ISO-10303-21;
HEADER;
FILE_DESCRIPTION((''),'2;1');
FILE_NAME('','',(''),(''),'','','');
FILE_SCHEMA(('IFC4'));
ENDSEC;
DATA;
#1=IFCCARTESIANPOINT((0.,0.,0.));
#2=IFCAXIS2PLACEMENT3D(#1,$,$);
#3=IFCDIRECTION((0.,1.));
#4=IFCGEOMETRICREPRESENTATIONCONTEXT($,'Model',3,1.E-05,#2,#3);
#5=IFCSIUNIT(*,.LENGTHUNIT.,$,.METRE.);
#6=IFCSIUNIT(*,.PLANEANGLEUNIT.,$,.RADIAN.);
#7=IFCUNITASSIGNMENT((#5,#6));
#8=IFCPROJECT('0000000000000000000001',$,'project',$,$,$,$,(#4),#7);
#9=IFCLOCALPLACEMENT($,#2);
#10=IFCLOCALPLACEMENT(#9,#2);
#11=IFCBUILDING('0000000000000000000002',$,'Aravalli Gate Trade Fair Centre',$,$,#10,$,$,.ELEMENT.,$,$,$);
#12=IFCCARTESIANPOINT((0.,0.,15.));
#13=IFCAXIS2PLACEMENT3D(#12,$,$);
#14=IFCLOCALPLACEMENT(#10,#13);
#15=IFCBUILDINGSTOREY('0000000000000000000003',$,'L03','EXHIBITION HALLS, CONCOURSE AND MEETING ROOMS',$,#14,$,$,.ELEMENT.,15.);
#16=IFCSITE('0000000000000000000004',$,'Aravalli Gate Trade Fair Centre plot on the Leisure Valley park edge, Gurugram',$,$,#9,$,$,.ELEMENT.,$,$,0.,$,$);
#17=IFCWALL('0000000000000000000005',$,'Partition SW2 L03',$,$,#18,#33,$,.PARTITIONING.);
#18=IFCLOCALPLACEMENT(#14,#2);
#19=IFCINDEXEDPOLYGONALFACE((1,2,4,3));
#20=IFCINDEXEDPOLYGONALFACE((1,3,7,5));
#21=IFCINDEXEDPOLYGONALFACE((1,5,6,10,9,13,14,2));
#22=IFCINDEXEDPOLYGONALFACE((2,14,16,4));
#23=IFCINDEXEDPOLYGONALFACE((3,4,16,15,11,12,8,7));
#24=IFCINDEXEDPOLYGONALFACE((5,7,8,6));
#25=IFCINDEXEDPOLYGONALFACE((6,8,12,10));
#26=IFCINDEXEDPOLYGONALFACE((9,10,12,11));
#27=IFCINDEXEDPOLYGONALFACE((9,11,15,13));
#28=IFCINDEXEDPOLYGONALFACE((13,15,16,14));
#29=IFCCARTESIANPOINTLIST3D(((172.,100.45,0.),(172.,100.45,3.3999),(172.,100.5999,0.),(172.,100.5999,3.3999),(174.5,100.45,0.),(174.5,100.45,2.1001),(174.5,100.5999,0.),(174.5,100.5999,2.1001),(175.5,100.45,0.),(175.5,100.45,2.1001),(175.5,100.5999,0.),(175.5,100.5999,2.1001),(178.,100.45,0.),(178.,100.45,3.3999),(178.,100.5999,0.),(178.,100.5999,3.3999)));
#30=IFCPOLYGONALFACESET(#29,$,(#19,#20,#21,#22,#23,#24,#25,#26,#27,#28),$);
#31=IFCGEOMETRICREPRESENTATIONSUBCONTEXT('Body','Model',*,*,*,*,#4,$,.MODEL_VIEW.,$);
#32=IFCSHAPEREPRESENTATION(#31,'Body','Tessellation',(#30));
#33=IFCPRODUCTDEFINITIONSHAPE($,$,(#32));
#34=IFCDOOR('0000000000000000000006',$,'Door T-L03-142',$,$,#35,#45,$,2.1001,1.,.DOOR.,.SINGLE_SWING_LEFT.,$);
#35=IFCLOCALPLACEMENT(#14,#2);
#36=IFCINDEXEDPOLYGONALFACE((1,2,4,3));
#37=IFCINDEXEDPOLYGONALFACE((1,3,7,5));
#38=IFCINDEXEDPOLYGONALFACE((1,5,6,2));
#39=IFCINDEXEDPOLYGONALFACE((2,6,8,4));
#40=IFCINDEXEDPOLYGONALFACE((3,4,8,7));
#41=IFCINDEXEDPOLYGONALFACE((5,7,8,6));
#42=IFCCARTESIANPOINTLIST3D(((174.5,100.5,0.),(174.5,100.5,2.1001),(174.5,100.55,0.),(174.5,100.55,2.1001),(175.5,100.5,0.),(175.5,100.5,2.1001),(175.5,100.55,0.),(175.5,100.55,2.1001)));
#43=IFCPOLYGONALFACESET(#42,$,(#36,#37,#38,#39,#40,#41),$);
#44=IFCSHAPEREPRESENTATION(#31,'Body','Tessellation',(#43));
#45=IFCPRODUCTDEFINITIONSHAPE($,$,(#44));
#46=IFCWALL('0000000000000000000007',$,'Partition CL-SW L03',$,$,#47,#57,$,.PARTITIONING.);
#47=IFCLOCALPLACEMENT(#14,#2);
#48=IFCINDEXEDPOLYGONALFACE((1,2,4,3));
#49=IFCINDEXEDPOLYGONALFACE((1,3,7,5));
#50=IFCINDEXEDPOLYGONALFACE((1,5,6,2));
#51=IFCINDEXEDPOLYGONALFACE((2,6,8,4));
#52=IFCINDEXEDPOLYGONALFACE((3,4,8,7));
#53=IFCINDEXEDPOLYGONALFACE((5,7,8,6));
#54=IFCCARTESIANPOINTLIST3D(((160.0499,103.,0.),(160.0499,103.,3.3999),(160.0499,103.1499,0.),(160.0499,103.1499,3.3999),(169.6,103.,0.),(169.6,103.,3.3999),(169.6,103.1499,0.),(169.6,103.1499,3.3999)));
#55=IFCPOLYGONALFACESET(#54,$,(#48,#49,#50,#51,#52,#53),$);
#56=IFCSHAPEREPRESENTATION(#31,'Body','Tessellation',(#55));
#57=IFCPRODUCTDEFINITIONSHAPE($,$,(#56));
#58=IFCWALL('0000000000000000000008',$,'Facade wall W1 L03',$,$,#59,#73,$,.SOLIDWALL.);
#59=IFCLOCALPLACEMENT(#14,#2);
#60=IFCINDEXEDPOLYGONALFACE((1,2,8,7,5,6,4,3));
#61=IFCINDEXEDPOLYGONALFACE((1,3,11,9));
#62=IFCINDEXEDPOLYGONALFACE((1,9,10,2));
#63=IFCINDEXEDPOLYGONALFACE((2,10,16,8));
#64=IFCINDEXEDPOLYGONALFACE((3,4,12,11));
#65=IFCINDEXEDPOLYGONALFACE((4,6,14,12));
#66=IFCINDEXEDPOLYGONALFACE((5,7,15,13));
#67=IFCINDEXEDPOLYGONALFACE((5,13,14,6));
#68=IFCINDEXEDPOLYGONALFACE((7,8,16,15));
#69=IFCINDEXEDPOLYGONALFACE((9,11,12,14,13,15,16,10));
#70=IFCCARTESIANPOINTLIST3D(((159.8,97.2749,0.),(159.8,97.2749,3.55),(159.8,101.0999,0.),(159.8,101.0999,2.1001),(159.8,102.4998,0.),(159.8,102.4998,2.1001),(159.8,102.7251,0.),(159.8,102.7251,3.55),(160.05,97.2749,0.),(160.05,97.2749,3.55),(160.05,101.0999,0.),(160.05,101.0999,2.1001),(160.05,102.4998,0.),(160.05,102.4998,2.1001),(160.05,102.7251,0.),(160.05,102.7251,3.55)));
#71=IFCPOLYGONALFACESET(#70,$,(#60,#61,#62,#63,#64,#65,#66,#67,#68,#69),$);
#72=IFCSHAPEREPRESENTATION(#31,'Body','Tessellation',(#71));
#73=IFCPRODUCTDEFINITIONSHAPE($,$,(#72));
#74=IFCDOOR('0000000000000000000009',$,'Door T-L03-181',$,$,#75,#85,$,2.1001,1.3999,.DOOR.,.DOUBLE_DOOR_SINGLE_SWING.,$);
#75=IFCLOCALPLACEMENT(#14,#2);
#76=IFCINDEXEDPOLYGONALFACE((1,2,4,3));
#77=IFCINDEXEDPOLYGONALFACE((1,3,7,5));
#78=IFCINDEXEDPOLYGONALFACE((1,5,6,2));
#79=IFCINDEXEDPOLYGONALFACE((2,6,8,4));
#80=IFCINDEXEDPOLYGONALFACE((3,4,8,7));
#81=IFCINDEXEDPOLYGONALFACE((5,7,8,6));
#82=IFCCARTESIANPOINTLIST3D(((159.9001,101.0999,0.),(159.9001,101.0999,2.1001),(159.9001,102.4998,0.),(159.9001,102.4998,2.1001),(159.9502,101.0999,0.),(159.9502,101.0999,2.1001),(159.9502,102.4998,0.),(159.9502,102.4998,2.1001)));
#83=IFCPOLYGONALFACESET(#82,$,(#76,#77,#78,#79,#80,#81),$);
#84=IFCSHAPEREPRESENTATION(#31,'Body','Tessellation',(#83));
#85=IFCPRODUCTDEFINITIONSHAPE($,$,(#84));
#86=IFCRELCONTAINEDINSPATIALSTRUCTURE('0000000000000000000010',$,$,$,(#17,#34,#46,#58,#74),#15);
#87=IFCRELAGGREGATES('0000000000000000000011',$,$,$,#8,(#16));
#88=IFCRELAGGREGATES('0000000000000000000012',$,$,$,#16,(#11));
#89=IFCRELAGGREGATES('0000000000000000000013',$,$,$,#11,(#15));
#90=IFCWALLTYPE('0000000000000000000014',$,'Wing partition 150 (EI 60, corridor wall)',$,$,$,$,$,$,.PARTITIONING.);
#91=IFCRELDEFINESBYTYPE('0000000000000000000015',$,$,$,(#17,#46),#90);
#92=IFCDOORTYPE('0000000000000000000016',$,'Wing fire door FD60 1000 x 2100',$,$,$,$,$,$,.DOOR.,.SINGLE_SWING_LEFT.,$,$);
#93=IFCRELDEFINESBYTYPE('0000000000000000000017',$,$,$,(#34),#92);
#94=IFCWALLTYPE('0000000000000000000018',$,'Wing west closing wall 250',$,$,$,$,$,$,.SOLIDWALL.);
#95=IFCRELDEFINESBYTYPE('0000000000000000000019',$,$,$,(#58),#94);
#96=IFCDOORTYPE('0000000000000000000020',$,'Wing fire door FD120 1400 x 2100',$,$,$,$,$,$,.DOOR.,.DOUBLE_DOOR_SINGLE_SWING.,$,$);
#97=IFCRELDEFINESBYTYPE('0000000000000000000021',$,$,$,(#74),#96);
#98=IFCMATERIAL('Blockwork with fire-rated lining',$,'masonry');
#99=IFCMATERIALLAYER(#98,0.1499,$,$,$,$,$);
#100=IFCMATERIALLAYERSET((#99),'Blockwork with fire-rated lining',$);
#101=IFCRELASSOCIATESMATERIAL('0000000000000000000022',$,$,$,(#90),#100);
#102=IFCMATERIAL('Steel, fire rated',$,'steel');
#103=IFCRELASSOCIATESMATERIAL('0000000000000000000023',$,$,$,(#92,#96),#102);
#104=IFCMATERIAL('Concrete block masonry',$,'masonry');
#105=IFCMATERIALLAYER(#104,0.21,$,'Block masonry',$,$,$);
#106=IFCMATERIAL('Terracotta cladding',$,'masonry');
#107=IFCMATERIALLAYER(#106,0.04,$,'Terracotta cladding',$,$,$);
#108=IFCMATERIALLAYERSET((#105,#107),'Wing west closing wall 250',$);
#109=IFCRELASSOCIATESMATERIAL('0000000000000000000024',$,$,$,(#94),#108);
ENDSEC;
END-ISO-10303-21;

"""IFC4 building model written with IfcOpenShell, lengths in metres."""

from ifc_helpers import new_model, si_unit, direction, frame, frame_2d, origin, place, context, subcontext, project, spatial, rectangle, extrude, material, layer, layer_set, type_object, element, fill, save


model = new_model("IFC4")

# Units and contexts
model_context = context("Model", 3, precision=1e-05, world=origin(), true_north=direction((0.0, 1.0)))
body_context = subcontext(model_context, "Body", "Model", "MODEL_VIEW")
ifc_project = project(units=[si_unit("LENGTHUNIT", "METRE"), si_unit("PLANEANGLEUNIT", "RADIAN")], contexts=[model_context])

# Site, building, storey
site_placement = place(None, origin())
site = spatial("IfcSite", under=ifc_project, at=site_placement, Name="Aravalli Gate Trade Fair Centre plot on the Leisure Valley park edge, Gurugram", CompositionType="ELEMENT", RefElevation=0.0)
building_placement = place(site_placement, origin())
building = spatial("IfcBuilding", under=site, at=building_placement, Name="Aravalli Gate Trade Fair Centre", CompositionType="ELEMENT")
storey_placement = place(building_placement, frame((0.0, 0.0, 15.0)))
storey = spatial("IfcBuildingStorey", under=building, at=storey_placement, Name="L03", Description="EXHIBITION HALLS, CONCOURSE AND MEETING ROOMS", CompositionType="ELEMENT", Elevation=15.0)

# Wall, opening, door
ifc_material_1 = material(Name="Blockwork with fire-rated lining", Category="masonry")
ifc_layer_1 = layer(ifc_material_1, 0.1499)
ifc_layer_set_1 = layer_set([ifc_layer_1], Name="Blockwork with fire-rated lining")
wall_type_1 = type_object("IfcWallType", Name="Wing partition 150 (EI 60, corridor wall)", PredefinedType="PARTITIONING", material=ifc_layer_set_1)
ifc_material_2 = material(Name="Steel, fire rated", Category="steel")
wall_1_placement = place(storey_placement, frame((172.0, 100.5249, 0.0), z_axis=(0.0, 0.0, 1.0), x_axis=(1.0, 0.0, 0.0)))
wall_1 = element("IfcWall", 1, at=wall_1_placement, inside=storey, type_object=wall_type_1, Name="Partition SW2 L03", PredefinedType="PARTITIONING", context=body_context, shape_type="SweptSolid", body=[
    extrude(rectangle(XDim=6.0, YDim=0.1499, at=frame_2d((3.0, 0.0))), origin(), (0.0, 0.0, 1.0), 3.3999),
])
opening_1_placement = place(wall_1_placement, frame((2.5, 0.0, 0.0)))
opening_1 = element("IfcOpeningElement", 2, at=opening_1_placement, cuts=wall_1, PredefinedType="OPENING", context=body_context, shape_type="SweptSolid", body=[
    extrude(rectangle(XDim=1.0, YDim=2.1001, at=frame_2d((0.5, 1.05))), frame((0.0, 0.085, 0.0), z_axis=(0.0, -1.0, 0.0), x_axis=(1.0, 0.0, 0.0)), (0.0, 0.0, 1.0), 0.1699),
])
door_type_1 = type_object("IfcDoorType", Name="Wing fire door FD60 1000 x 2100", OperationType="SINGLE_SWING_LEFT", PredefinedType="DOOR", material=ifc_material_2)
door_1_placement = place(opening_1_placement, frame((1.0, 0.0, 0.0), z_axis=(0.0, 0.0, 1.0), x_axis=(-1.0, 0.0, 0.0)))
door_1 = element("IfcDoor", 3, at=door_1_placement, inside=storey, type_object=door_type_1, Name="Door T-L03-142", OperationType="SINGLE_SWING_LEFT", OverallHeight=2.1001, OverallWidth=1.0, PredefinedType="DOOR", context=body_context, shape_type="SweptSolid", body=[
    extrude(rectangle(XDim=1.0, YDim=2.1001, at=frame_2d((0.5, 1.05))), frame((0.0, 0.0249, 0.0), z_axis=(0.0, -1.0, 0.0), x_axis=(1.0, 0.0, 0.0)), (0.0, 0.0, 1.0), 0.05),
])
fill(opening_1, door_1)

# Wall
wall_2_placement = place(storey_placement, frame((160.05, 103.075, 0.0), z_axis=(0.0, 0.0, 1.0), x_axis=(1.0, 0.0, 0.0)))
element("IfcWall", 4, at=wall_2_placement, inside=storey, type_object=wall_type_1, Name="Partition CL-SW L03", PredefinedType="PARTITIONING", context=body_context, shape_type="SweptSolid", body=[
    extrude(rectangle(XDim=9.55, YDim=0.1499, at=frame_2d((4.7749, 0.0))), origin(), (0.0, 0.0, 1.0), 3.3999),
])

# Wall, opening, door
ifc_material_3 = material(Name="Concrete block masonry", Category="masonry")
ifc_layer_2 = layer(ifc_material_3, 0.21, Name="Block masonry")
ifc_material_4 = material(Name="Terracotta cladding", Category="masonry")
ifc_layer_3 = layer(ifc_material_4, 0.04, Name="Terracotta cladding")
ifc_layer_set_2 = layer_set([ifc_layer_2, ifc_layer_3], Name="Wing west closing wall 250")
wall_type_2 = type_object("IfcWallType", Name="Wing west closing wall 250", PredefinedType="SOLIDWALL", material=ifc_layer_set_2)
wall_3_placement = place(storey_placement, frame((159.925, 97.2749, 0.0), z_axis=(0.0, 0.0, 1.0), x_axis=(0.0, 1.0, 0.0)))
wall_3 = element("IfcWall", 5, at=wall_3_placement, inside=storey, type_object=wall_type_2, Name="Facade wall W1 L03", PredefinedType="SOLIDWALL", context=body_context, shape_type="SweptSolid", body=[
    extrude(rectangle(XDim=5.4502, YDim=0.25, at=frame_2d((2.7251, 0.0))), origin(), (0.0, 0.0, 1.0), 3.55),
])
opening_2_placement = place(wall_3_placement, frame((3.825, 0.0, 0.0)))
opening_2 = element("IfcOpeningElement", 6, at=opening_2_placement, cuts=wall_3, PredefinedType="OPENING", context=body_context, shape_type="SweptSolid", body=[
    extrude(rectangle(XDim=1.3999, YDim=2.1001, at=frame_2d((0.7, 1.05))), frame((0.0, 0.135, 0.0), z_axis=(0.0, -1.0, 0.0), x_axis=(1.0, 0.0, 0.0)), (0.0, 0.0, 1.0), 0.27),
])
door_type_2 = type_object("IfcDoorType", Name="Wing fire door FD120 1400 x 2100", OperationType="DOUBLE_DOOR_SINGLE_SWING", PredefinedType="DOOR", material=ifc_material_2)
door_2_placement = place(opening_2_placement, origin())
door_2 = element("IfcDoor", 7, at=door_2_placement, inside=storey, type_object=door_type_2, Name="Door T-L03-181", OperationType="DOUBLE_DOOR_SINGLE_SWING", OverallHeight=2.1001, OverallWidth=1.3999, PredefinedType="DOOR", context=body_context, shape_type="SweptSolid", body=[
    extrude(rectangle(XDim=1.3999, YDim=2.1001, at=frame_2d((0.7, 1.05))), frame((0.0, 0.0249, 0.0), z_axis=(0.0, -1.0, 0.0), x_axis=(1.0, 0.0, 0.0)), (0.0, 0.0, 1.0), 0.05),
])
fill(opening_2, door_2)

save(model, "model.ifc")
